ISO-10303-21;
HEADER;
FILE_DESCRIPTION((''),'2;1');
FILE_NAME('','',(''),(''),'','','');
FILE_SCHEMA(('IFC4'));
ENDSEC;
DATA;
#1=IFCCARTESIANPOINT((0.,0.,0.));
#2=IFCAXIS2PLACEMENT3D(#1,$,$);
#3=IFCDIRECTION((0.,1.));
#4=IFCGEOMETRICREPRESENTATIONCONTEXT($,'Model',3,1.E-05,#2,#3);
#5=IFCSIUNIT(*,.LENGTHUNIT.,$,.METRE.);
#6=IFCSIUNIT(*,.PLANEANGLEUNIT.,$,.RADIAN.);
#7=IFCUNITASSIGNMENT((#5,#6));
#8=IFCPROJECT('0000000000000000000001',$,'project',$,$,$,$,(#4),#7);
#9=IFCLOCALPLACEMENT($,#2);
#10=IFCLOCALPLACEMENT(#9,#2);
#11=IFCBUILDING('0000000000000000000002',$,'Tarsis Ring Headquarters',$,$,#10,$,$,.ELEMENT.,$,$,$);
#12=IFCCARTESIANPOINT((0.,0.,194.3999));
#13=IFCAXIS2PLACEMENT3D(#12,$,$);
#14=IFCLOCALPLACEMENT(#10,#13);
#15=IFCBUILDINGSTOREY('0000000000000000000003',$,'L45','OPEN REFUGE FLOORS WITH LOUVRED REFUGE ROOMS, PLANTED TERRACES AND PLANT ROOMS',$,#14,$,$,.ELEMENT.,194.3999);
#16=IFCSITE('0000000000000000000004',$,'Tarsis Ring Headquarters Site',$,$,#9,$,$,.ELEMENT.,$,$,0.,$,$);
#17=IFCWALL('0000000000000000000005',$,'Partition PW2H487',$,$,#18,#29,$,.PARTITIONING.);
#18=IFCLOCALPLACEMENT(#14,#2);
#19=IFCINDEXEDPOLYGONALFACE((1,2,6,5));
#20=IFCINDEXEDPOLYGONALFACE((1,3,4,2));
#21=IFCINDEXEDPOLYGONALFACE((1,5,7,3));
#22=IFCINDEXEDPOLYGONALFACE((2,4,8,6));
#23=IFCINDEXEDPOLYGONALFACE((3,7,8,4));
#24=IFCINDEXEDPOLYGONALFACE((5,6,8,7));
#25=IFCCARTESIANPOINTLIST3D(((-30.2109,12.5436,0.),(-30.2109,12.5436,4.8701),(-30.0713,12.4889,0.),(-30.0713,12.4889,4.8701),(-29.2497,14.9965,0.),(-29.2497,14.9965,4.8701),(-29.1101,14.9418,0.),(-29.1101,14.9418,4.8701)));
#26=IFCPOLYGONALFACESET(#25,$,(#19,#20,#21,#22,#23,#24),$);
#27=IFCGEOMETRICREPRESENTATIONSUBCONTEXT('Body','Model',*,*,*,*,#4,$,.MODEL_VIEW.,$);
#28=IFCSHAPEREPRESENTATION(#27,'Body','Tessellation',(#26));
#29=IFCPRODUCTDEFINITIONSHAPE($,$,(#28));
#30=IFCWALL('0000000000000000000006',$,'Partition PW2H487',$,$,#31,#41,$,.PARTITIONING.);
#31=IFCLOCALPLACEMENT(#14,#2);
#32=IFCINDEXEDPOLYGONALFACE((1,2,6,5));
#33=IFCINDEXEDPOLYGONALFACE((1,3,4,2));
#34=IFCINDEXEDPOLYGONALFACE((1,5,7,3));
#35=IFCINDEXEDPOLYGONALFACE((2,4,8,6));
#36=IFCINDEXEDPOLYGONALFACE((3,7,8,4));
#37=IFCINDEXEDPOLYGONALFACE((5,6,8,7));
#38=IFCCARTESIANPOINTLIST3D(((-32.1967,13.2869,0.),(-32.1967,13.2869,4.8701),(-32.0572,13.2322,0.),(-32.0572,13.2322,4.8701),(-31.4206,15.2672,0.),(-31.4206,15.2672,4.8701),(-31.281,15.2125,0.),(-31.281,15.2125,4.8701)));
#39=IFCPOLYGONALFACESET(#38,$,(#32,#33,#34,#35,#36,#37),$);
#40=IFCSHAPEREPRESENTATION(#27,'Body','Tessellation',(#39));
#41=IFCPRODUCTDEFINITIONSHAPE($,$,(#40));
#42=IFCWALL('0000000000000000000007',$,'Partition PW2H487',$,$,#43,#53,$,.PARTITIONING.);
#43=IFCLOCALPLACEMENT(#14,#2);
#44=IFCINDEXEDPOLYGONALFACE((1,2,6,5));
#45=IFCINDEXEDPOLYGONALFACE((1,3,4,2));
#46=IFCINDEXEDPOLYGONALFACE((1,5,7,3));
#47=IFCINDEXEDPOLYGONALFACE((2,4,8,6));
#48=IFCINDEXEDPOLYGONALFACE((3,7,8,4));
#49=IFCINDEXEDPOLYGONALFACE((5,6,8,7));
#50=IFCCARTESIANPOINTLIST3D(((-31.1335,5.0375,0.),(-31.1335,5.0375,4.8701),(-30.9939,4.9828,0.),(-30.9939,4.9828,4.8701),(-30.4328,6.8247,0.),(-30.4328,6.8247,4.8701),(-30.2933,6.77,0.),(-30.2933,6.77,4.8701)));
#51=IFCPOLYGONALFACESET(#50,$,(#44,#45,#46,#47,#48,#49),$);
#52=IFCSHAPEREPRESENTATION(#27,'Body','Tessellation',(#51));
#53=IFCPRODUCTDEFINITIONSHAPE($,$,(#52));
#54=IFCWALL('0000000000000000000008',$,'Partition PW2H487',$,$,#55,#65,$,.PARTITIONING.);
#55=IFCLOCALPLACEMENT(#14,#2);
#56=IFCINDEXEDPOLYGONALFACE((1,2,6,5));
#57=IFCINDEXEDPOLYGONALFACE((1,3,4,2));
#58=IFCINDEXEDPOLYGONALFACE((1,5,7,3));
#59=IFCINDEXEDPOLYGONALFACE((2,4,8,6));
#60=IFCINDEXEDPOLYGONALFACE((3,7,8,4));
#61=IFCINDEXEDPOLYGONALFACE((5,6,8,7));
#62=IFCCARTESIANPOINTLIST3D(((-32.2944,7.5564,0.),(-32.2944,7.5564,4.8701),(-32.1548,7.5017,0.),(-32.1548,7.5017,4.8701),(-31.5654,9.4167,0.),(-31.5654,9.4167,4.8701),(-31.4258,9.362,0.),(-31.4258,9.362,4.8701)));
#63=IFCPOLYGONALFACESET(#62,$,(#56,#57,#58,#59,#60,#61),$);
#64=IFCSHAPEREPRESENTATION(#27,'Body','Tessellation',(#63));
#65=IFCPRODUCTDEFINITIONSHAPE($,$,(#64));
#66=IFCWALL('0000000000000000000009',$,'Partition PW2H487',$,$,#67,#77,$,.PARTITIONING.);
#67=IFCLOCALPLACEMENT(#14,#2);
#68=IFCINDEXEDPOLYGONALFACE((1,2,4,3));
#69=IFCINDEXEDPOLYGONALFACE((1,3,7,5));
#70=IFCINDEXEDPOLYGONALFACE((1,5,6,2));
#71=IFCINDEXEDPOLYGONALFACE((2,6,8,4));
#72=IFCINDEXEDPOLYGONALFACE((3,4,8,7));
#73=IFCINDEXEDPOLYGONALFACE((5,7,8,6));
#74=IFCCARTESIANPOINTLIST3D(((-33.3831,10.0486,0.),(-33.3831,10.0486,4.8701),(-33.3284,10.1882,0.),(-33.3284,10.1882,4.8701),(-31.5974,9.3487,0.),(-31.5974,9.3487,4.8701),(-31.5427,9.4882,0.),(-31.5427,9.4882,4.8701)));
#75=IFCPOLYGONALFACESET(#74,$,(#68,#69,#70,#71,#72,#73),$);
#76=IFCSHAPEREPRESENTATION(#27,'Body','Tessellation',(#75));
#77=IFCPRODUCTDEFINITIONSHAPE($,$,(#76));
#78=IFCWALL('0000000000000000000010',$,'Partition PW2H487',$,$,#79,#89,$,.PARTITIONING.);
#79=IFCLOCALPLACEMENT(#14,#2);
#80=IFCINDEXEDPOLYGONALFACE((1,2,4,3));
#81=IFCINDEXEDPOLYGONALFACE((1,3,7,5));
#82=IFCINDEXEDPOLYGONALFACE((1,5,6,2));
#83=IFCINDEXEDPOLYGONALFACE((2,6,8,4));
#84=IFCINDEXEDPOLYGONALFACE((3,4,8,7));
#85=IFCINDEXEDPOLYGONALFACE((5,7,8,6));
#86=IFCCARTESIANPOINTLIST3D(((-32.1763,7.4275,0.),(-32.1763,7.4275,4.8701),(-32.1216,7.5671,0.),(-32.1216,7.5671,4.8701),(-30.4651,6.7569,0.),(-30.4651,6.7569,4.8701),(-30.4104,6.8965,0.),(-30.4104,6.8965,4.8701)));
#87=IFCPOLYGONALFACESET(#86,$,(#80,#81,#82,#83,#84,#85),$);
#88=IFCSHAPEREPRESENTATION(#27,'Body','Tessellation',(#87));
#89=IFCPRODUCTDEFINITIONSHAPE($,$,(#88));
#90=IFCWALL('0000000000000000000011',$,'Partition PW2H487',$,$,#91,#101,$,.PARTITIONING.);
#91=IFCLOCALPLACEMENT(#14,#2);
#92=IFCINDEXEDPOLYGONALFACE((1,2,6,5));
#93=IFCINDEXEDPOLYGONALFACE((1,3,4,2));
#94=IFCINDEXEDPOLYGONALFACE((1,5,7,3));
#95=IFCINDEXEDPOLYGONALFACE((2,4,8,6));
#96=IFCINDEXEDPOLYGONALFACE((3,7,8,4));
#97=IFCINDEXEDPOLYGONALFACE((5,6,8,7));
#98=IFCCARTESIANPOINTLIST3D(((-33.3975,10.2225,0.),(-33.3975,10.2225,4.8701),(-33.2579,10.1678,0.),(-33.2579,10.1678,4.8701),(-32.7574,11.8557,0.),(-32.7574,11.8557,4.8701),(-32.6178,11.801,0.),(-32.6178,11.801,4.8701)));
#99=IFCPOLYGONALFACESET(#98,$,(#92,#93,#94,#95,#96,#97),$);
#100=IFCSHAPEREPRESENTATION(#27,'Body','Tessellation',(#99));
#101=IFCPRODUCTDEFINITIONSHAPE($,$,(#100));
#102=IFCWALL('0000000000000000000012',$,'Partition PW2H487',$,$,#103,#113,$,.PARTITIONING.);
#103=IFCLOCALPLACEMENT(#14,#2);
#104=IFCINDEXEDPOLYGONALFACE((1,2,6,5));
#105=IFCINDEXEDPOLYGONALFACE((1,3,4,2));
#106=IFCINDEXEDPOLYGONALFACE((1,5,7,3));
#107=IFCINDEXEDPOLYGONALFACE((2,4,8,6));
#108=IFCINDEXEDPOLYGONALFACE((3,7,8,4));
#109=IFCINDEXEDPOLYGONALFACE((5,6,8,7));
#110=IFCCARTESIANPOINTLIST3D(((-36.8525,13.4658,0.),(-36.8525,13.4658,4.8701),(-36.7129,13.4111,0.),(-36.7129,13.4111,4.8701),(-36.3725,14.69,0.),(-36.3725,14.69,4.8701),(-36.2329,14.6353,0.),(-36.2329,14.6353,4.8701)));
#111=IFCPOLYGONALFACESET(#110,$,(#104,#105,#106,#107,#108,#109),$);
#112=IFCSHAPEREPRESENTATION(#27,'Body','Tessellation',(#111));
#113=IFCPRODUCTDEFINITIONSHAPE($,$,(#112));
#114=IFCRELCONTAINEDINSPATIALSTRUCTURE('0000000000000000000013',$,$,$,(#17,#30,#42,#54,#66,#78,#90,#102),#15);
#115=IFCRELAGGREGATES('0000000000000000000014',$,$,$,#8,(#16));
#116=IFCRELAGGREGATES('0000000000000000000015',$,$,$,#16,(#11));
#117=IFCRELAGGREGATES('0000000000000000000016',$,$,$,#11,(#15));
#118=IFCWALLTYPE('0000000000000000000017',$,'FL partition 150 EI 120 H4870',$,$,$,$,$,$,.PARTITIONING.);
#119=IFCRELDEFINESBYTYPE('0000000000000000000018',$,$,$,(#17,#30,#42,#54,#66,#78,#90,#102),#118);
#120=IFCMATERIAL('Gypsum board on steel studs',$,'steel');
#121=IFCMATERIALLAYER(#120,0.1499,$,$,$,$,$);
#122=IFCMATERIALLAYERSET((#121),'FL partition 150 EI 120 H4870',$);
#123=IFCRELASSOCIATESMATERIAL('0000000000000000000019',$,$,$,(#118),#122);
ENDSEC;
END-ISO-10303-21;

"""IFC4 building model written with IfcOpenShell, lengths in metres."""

from ifc_helpers import new_model, si_unit, direction, frame, frame_2d, origin, place, context, subcontext, project, spatial, rectangle, extrude, material, layer, layer_set, type_object, element, save


model = new_model("IFC4")

# Units and contexts
model_context = context("Model", 3, precision=1e-05, world=origin(), true_north=direction((0.0, 1.0)))
body_context = subcontext(model_context, "Body", "Model", "MODEL_VIEW")
ifc_project = project(units=[si_unit("LENGTHUNIT", "METRE"), si_unit("PLANEANGLEUNIT", "RADIAN")], contexts=[model_context])

# Site, building, storey
site_placement = place(None, origin())
site = spatial("IfcSite", under=ifc_project, at=site_placement, Name="Tarsis Ring Headquarters Site", CompositionType="ELEMENT", RefElevation=0.0)
building_placement = place(site_placement, origin())
building = spatial("IfcBuilding", under=site, at=building_placement, Name="Tarsis Ring Headquarters", CompositionType="ELEMENT")
storey_placement = place(building_placement, frame((0.0, 0.0, 194.3999)))
storey = spatial("IfcBuildingStorey", under=building, at=storey_placement, Name="L45", Description="OPEN REFUGE FLOORS WITH LOUVRED REFUGE ROOMS, PLANTED TERRACES AND PLANT ROOMS", CompositionType="ELEMENT", Elevation=194.3999)

# Walls
ifc_material_1 = material(Name="Gypsum board on steel studs", Category="steel")
ifc_layer_1 = layer(ifc_material_1, 0.1499)
ifc_layer_set_1 = layer_set([ifc_layer_1], Name="FL partition 150 EI 120 H4870")
wall_type_1 = type_object("IfcWallType", Name="FL partition 150 EI 120 H4870", PredefinedType="PARTITIONING", material=ifc_layer_set_1)
wall_1_placement = place(storey_placement, frame((-30.1411, 12.5161, 0.0), z_axis=(0.0, 0.0, 1.0), x_axis=(0.364847, 0.931068, 0.0)))
element("IfcWall", 1, at=wall_1_placement, inside=storey, type_object=wall_type_1, Name="Partition PW2H487", PredefinedType="PARTITIONING", context=body_context, shape_type="SweptSolid", body=[
    extrude(rectangle(XDim=2.6345, YDim=0.1499, at=frame_2d((1.3174, 0.0))), origin(), (0.0, 0.0, 1.0), 4.8701),
])
wall_2_placement = place(storey_placement, frame((-32.127, 13.2595, 0.0), z_axis=(0.0, 0.0, 1.0), x_axis=(0.36491, 0.931043, 0.0)))
element("IfcWall", 2, at=wall_2_placement, inside=storey, type_object=wall_type_1, Name="Partition PW2H487", PredefinedType="PARTITIONING", context=body_context, shape_type="SweptSolid", body=[
    extrude(rectangle(XDim=2.127, YDim=0.1499, at=frame_2d((1.0635, 0.0))), origin(), (0.0, 0.0, 1.0), 4.8701),
])
wall_3_placement = place(storey_placement, frame((-31.0637, 5.01, 0.0), z_axis=(0.0, 0.0, 1.0), x_axis=(0.364979, 0.931016, 0.0)))
element("IfcWall", 3, at=wall_3_placement, inside=storey, type_object=wall_type_1, Name="Partition PW2H487", PredefinedType="PARTITIONING", context=body_context, shape_type="SweptSolid", body=[
    extrude(rectangle(XDim=1.9197, YDim=0.1499, at=frame_2d((0.96, 0.0))), origin(), (0.0, 0.0, 1.0), 4.8701),
])
wall_4_placement = place(storey_placement, frame((-32.2246, 7.5291, 0.0), z_axis=(0.0, 0.0, 1.0), x_axis=(0.364851, 0.931066, 0.0)))
element("IfcWall", 4, at=wall_4_placement, inside=storey, type_object=wall_type_1, Name="Partition PW2H487", PredefinedType="PARTITIONING", context=body_context, shape_type="SweptSolid", body=[
    extrude(rectangle(XDim=1.998, YDim=0.1499, at=frame_2d((0.999, 0.0))), origin(), (0.0, 0.0, 1.0), 4.8701),
])
wall_5_placement = place(storey_placement, frame((-33.3557, 10.1184, 0.0), z_axis=(0.0, 0.0, 1.0), x_axis=(0.931027, -0.364951, 0.0)))
element("IfcWall", 5, at=wall_5_placement, inside=storey, type_object=wall_type_1, Name="Partition PW2H487", PredefinedType="PARTITIONING", context=body_context, shape_type="SweptSolid", body=[
    extrude(rectangle(XDim=1.918, YDim=0.1499, at=frame_2d((0.959, 0.0))), origin(), (0.0, 0.0, 1.0), 4.8701),
])
wall_6_placement = place(storey_placement, frame((-32.1489, 7.4973, 0.0), z_axis=(0.0, 0.0, 1.0), x_axis=(0.931047, -0.3649, 0.0)))
element("IfcWall", 6, at=wall_6_placement, inside=storey, type_object=wall_type_1, Name="Partition PW2H487", PredefinedType="PARTITIONING", context=body_context, shape_type="SweptSolid", body=[
    extrude(rectangle(XDim=1.8379, YDim=0.1499, at=frame_2d((0.9189, 0.0))), origin(), (0.0, 0.0, 1.0), 4.8701),
])
wall_7_placement = place(storey_placement, frame((-33.3276, 10.1953, 0.0), z_axis=(0.0, 0.0, 1.0), x_axis=(0.364903, 0.931046, 0.0)))
element("IfcWall", 7, at=wall_7_placement, inside=storey, type_object=wall_type_1, Name="Partition PW2H487", PredefinedType="PARTITIONING", context=body_context, shape_type="SweptSolid", body=[
    extrude(rectangle(XDim=1.7542, YDim=0.1499, at=frame_2d((0.877, 0.0))), origin(), (0.0, 0.0, 1.0), 4.8701),
])
wall_8_placement = place(storey_placement, frame((-36.7827, 13.4385, 0.0), z_axis=(0.0, 0.0, 1.0), x_axis=(0.365043, 0.930991, 0.0)))
element("IfcWall", 8, at=wall_8_placement, inside=storey, type_object=wall_type_1, Name="Partition PW2H487", PredefinedType="PARTITIONING", context=body_context, shape_type="SweptSolid", body=[
    extrude(rectangle(XDim=1.3149, YDim=0.1499, at=frame_2d((0.6575, 0.0))), origin(), (0.0, 0.0, 1.0), 4.8701),
])

save(model, "model.ifc")
